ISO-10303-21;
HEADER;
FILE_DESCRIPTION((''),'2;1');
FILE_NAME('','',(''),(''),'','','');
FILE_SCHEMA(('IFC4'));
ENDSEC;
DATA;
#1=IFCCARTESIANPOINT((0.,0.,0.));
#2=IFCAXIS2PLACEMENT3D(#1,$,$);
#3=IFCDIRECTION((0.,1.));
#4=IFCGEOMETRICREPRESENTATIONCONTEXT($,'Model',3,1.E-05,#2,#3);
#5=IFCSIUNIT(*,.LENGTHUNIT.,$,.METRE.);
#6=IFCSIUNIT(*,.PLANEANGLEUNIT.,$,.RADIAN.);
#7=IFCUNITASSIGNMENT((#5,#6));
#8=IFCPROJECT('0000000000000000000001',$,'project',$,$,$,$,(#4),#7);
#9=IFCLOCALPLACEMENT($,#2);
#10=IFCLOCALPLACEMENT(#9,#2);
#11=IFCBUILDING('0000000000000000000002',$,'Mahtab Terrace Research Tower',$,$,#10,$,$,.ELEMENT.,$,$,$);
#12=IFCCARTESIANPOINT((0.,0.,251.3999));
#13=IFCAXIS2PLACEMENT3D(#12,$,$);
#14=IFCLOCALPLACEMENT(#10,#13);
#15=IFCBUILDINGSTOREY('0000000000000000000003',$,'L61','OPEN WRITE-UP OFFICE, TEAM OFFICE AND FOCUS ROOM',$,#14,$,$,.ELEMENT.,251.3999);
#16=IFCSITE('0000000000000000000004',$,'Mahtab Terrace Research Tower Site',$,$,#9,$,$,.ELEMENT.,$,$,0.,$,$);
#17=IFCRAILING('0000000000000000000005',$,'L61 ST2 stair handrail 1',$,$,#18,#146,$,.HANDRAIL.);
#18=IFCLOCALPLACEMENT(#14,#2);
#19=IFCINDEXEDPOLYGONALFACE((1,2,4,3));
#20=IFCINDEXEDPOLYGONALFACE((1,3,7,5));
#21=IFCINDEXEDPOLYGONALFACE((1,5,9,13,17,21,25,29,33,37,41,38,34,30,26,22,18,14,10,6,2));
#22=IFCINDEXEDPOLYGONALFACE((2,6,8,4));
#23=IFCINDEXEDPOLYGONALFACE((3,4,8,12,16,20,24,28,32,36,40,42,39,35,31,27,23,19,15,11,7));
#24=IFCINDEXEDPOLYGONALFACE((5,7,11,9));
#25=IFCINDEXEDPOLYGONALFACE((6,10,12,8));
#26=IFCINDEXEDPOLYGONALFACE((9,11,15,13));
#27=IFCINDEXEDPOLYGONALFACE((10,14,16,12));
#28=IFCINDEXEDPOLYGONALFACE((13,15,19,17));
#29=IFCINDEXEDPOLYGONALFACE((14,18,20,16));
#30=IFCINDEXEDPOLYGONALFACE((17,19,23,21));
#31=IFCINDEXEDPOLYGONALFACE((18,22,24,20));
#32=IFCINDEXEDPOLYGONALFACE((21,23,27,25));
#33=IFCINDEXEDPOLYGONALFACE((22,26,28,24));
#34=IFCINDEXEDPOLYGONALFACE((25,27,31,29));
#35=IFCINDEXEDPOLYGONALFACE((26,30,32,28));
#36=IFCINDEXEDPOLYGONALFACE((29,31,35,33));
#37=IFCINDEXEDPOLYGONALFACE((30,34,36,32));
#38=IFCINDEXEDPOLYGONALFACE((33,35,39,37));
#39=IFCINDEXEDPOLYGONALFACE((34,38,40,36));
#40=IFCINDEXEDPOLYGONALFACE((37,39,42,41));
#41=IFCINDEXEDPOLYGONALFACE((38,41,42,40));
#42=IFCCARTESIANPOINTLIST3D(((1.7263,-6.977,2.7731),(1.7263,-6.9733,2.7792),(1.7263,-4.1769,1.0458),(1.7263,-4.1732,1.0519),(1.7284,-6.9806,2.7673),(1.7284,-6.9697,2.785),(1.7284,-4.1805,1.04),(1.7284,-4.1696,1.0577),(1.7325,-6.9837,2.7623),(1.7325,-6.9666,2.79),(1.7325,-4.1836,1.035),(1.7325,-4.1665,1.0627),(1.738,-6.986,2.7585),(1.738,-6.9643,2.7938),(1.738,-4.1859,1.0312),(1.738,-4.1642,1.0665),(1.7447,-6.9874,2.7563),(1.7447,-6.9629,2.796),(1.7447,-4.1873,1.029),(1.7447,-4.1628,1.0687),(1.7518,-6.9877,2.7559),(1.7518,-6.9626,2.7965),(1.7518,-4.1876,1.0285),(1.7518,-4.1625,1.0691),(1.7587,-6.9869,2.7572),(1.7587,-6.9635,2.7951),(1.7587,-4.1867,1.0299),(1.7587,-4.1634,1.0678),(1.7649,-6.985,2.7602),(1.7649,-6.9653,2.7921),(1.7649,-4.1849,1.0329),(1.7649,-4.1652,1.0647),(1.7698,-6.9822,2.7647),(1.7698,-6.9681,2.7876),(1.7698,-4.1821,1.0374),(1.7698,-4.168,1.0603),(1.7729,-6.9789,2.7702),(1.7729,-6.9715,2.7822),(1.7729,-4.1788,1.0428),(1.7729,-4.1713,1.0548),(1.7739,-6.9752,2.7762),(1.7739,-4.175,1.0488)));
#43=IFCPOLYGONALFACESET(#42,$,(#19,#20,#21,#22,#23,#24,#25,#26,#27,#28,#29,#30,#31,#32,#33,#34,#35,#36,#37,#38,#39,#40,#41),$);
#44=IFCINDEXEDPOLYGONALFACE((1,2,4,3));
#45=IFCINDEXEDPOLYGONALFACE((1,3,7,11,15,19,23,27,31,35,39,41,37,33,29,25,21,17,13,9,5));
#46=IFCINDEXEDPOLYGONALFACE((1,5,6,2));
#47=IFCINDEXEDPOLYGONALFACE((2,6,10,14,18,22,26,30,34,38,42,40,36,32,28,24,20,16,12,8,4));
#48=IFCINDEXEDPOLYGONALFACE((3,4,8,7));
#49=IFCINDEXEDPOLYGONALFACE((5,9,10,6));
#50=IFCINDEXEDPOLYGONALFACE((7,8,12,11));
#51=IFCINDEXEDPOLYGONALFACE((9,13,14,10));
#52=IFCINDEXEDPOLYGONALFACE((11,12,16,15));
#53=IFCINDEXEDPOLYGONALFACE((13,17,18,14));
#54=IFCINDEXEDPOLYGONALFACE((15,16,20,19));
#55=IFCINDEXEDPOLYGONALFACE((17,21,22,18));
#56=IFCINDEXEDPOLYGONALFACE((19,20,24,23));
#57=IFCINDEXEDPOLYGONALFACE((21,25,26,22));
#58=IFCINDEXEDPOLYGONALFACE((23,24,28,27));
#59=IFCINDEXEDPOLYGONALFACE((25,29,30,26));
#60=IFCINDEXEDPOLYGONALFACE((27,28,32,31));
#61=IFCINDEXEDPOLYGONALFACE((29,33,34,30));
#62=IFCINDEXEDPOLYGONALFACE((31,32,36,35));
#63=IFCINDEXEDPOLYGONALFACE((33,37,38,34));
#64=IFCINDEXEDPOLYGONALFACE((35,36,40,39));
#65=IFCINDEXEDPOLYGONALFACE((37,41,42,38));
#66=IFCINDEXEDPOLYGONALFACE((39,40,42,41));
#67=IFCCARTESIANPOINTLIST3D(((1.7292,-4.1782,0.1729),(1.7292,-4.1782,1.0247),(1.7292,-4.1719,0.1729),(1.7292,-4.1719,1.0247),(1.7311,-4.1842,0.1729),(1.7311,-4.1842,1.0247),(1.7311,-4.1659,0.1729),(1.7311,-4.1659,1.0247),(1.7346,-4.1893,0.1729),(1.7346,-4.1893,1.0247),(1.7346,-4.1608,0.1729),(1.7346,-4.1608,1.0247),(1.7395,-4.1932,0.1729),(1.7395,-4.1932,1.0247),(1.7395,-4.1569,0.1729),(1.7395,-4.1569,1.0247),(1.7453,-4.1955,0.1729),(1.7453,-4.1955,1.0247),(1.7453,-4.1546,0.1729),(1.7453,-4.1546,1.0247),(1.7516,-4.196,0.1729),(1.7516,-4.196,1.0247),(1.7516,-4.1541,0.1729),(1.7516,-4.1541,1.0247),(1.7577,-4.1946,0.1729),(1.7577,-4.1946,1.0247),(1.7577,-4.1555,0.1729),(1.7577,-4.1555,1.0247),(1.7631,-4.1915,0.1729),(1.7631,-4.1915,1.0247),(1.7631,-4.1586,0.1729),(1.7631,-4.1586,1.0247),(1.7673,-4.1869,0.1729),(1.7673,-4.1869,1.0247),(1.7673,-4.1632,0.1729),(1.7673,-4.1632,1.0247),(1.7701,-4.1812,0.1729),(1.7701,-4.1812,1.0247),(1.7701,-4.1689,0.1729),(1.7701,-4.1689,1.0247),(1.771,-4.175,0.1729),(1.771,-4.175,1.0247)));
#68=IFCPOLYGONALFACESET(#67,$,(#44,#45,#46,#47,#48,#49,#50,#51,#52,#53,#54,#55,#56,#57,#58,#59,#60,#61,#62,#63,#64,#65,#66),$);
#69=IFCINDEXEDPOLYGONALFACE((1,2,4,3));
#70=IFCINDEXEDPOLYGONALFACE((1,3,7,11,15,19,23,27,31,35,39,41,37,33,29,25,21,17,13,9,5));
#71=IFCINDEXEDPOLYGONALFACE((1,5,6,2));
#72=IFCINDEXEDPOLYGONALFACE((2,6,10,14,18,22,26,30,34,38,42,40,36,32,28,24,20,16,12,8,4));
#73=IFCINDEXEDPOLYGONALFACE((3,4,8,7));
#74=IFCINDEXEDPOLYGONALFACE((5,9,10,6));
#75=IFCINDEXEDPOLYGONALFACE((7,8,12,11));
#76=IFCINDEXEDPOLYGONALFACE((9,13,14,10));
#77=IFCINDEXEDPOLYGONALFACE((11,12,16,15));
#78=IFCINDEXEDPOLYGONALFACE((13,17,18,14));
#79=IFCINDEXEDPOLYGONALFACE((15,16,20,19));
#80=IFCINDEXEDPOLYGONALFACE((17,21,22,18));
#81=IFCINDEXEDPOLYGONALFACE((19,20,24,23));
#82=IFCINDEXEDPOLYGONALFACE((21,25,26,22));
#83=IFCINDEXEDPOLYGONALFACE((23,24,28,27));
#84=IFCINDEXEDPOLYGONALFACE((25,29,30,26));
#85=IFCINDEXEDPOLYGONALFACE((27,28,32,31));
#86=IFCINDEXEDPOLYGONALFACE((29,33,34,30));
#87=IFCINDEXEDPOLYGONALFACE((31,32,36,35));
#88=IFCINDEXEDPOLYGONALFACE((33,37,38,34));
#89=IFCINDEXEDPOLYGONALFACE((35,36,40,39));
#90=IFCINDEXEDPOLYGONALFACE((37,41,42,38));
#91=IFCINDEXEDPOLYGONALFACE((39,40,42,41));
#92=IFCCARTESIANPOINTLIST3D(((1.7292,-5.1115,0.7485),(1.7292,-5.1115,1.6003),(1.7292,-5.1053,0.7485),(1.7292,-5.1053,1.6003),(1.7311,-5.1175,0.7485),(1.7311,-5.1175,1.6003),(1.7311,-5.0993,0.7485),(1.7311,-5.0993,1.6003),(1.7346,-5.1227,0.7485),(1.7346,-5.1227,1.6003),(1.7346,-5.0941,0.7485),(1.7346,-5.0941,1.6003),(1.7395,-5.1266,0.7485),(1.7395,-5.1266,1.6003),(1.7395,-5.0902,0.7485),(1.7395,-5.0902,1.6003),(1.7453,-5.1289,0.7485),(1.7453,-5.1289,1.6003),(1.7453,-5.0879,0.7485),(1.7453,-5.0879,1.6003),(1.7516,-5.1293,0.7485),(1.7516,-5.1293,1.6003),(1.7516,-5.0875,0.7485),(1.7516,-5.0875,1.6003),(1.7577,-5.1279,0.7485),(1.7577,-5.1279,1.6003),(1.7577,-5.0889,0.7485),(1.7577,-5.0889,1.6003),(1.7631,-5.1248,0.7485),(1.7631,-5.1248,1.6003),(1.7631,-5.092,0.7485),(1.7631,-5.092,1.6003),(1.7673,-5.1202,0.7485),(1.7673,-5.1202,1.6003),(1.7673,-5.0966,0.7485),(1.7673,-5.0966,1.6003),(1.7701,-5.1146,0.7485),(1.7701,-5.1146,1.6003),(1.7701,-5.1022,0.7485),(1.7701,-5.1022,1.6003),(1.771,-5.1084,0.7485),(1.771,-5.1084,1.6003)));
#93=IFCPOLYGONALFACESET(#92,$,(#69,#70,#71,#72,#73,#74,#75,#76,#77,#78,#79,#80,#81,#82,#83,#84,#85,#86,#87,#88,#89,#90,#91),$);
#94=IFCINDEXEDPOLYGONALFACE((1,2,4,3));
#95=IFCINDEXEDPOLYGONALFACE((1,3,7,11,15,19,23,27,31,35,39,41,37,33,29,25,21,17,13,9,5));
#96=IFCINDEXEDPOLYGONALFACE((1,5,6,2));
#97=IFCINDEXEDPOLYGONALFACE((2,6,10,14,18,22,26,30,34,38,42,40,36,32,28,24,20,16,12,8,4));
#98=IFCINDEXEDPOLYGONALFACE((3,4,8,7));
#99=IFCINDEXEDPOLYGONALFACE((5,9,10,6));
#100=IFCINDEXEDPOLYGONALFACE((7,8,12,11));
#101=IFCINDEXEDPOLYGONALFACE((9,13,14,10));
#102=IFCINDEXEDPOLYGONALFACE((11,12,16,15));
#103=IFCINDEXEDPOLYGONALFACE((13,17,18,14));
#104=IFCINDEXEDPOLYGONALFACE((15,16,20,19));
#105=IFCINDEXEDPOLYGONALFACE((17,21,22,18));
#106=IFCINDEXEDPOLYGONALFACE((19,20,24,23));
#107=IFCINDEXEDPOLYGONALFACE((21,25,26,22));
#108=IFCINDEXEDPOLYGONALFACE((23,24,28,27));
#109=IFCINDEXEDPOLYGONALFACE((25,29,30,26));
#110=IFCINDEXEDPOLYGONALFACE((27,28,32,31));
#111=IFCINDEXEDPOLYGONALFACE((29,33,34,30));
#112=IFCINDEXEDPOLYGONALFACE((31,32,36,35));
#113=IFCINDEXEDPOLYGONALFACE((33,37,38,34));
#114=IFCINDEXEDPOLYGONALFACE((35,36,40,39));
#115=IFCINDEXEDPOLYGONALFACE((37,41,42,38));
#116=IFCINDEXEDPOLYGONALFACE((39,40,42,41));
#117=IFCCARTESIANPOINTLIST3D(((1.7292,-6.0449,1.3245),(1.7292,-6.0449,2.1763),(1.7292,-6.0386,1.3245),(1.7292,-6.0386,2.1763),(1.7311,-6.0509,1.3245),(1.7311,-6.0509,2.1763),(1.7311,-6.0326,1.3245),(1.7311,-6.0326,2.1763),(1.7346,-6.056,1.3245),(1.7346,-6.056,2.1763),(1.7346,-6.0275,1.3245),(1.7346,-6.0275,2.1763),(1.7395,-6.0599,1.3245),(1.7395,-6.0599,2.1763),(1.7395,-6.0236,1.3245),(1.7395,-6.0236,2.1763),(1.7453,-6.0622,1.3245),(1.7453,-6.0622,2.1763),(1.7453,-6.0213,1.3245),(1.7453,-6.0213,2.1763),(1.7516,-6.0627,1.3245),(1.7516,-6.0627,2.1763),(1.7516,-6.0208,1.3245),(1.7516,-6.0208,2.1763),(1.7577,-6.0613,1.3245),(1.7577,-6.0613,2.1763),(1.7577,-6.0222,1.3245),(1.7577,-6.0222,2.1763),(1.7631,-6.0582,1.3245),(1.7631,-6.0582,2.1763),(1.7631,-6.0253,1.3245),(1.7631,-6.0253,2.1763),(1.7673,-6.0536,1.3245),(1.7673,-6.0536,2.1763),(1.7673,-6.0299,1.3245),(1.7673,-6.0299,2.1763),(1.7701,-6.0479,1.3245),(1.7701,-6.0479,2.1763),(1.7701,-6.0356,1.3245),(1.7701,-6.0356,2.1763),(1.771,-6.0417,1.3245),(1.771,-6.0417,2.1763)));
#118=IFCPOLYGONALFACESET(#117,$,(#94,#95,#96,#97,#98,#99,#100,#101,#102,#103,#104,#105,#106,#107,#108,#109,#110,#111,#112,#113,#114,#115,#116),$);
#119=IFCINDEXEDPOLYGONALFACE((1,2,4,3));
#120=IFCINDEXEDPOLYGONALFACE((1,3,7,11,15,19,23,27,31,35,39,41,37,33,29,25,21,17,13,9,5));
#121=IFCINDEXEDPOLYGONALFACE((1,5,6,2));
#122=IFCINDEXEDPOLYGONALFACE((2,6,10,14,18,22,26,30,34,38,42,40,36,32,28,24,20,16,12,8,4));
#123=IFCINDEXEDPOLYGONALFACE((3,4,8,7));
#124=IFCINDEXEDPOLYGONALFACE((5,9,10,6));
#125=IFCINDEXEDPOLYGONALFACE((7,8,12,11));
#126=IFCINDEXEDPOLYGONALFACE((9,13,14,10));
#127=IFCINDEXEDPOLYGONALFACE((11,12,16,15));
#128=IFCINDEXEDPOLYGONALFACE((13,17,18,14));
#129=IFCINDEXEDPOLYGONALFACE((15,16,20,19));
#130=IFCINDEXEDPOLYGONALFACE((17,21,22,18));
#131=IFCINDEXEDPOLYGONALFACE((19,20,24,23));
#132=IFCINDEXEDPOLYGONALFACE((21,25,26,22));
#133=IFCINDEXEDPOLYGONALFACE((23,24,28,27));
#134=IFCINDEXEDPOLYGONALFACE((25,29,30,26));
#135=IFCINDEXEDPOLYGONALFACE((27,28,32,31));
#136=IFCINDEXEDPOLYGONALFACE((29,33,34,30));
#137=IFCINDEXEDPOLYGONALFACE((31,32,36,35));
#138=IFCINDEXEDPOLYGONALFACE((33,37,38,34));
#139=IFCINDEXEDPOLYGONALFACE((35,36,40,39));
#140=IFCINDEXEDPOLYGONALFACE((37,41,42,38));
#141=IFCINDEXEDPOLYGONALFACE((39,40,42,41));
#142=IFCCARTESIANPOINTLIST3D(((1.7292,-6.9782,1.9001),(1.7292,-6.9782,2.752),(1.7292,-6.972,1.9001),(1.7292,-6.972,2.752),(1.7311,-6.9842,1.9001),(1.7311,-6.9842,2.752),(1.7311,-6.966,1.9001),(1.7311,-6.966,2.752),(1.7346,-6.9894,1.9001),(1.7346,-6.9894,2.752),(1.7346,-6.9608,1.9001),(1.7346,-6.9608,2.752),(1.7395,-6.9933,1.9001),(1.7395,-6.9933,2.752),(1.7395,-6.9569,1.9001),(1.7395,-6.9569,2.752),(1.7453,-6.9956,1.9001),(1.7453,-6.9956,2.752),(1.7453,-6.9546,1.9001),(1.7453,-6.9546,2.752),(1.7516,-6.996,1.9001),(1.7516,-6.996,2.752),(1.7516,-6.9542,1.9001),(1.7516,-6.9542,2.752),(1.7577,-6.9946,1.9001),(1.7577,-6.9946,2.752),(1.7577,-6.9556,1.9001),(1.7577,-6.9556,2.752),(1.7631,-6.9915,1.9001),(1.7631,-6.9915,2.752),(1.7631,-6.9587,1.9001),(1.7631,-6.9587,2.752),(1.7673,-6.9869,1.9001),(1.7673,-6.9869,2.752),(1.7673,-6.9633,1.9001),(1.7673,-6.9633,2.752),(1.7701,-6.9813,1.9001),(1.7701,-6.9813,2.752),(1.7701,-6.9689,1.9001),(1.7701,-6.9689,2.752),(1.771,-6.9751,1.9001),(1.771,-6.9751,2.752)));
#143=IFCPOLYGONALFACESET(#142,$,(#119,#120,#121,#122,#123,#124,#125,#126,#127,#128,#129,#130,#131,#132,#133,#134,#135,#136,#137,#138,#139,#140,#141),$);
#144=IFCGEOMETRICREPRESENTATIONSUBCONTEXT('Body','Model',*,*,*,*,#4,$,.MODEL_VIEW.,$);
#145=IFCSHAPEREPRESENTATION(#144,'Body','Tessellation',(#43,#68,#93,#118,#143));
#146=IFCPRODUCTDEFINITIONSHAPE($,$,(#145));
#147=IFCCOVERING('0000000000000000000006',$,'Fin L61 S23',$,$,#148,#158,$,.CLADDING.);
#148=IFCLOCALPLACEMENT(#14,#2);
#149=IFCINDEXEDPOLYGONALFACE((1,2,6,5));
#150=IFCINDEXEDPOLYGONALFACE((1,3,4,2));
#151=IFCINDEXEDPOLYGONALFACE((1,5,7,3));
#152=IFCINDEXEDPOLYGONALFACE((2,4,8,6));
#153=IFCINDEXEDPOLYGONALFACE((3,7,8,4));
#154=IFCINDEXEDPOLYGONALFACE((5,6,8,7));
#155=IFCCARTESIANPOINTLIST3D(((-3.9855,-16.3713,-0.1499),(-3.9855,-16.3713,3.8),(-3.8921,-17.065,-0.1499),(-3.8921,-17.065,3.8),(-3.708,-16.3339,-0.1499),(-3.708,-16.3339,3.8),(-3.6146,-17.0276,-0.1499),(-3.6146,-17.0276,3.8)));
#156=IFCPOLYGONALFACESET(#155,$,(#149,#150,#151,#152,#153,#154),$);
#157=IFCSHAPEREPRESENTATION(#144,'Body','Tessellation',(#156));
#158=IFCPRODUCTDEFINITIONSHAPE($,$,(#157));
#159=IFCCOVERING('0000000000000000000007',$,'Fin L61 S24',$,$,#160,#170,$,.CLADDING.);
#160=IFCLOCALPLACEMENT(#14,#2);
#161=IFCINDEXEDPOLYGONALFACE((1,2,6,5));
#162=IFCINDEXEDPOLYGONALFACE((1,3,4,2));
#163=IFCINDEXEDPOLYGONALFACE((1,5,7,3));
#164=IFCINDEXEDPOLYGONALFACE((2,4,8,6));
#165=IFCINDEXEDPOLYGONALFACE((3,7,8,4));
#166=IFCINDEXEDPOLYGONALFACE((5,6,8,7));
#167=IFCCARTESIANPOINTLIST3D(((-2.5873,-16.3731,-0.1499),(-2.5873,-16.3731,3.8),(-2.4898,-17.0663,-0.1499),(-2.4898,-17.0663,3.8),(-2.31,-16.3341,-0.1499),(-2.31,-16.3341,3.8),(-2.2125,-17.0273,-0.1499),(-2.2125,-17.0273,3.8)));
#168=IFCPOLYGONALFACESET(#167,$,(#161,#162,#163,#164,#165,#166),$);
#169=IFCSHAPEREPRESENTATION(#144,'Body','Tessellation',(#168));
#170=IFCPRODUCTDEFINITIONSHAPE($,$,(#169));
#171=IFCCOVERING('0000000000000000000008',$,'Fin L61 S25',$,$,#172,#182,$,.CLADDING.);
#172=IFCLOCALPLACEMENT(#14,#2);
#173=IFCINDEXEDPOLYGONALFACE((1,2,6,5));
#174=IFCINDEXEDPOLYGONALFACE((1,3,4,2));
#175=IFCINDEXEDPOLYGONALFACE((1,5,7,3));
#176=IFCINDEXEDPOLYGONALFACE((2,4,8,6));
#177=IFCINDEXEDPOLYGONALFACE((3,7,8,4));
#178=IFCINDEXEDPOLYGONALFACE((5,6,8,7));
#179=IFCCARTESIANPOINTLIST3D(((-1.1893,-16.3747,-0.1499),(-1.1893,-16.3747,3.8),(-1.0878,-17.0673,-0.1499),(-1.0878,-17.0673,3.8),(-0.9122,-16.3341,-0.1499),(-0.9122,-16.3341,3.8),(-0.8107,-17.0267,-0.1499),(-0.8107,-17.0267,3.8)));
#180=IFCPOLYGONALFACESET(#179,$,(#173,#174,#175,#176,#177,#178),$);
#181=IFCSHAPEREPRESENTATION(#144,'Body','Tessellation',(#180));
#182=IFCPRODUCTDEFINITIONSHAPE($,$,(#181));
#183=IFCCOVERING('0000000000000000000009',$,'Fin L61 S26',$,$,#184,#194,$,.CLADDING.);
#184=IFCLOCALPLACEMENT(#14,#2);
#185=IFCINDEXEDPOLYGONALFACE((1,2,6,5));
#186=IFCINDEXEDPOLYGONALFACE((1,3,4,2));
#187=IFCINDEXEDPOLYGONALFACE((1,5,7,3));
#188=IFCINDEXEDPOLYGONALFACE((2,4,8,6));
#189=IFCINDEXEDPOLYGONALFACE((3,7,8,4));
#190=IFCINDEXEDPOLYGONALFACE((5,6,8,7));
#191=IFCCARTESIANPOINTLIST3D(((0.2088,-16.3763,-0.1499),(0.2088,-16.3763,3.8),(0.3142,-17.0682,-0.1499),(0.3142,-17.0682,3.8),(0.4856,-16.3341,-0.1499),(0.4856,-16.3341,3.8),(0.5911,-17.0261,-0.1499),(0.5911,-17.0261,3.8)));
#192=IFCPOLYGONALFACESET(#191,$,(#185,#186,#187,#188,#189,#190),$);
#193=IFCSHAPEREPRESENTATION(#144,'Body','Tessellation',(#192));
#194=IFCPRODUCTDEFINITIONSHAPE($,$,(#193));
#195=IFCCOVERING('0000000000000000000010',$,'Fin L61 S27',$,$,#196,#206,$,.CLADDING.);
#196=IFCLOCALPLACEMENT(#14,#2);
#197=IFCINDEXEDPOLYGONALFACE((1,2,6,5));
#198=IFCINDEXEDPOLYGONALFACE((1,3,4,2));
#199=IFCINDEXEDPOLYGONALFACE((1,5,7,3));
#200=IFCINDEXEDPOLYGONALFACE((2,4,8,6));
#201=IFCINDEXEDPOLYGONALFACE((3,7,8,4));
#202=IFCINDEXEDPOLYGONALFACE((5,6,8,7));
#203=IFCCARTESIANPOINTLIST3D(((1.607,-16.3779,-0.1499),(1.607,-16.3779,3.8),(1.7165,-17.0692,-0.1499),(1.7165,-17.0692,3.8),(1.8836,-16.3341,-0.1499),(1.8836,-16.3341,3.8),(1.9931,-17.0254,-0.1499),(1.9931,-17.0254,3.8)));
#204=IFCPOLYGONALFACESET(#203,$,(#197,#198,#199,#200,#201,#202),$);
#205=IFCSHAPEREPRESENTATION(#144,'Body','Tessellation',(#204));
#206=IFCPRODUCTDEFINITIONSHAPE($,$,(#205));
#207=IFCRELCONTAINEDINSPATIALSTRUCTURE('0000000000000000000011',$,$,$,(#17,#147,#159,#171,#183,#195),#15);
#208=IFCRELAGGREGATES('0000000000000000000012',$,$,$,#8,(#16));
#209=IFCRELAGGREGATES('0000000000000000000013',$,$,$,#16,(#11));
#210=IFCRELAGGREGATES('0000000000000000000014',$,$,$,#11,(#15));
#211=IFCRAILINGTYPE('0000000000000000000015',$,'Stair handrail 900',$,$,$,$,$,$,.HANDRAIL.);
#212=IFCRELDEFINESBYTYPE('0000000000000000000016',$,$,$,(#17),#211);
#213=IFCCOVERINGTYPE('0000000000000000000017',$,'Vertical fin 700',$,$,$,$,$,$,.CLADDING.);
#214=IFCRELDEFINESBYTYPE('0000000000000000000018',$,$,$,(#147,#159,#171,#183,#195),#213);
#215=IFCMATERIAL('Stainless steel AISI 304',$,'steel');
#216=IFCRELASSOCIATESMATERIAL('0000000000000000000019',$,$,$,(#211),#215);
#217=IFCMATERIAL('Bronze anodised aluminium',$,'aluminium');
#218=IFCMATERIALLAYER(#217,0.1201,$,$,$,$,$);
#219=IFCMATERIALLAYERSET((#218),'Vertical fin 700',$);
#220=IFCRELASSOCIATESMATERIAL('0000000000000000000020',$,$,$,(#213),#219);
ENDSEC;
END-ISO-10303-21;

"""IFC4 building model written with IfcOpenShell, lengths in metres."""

from ifc_helpers import new_model, si_unit, direction, frame, origin, origin_2d, place, context, subcontext, project, spatial, rectangle, circle, extrude, material, layer, layer_set, type_object, element, save


model = new_model("IFC4")

# Units and contexts
model_context = context("Model", 3, precision=1e-05, world=origin(), true_north=direction((0.0, 1.0)))
body_context = subcontext(model_context, "Body", "Model", "MODEL_VIEW")
ifc_project = project(units=[si_unit("LENGTHUNIT", "METRE"), si_unit("PLANEANGLEUNIT", "RADIAN")], contexts=[model_context])

# Site, building, storey
site_placement = place(None, origin())
site = spatial("IfcSite", under=ifc_project, at=site_placement, Name="Mahtab Terrace Research Tower Site", CompositionType="ELEMENT", RefElevation=0.0)
building_placement = place(site_placement, origin())
building = spatial("IfcBuilding", under=site, at=building_placement, Name="Mahtab Terrace Research Tower", CompositionType="ELEMENT")
storey_placement = place(building_placement, frame((0.0, 0.0, 251.3999)))
storey = spatial("IfcBuildingStorey", under=building, at=storey_placement, Name="L61", Description="OPEN WRITE-UP OFFICE, TEAM OFFICE AND FOCUS ROOM", CompositionType="ELEMENT", Elevation=251.3999)

# Shared definitions
ifc_material_1 = material(Name="Stainless steel AISI 304", Category="steel")

# Railing
railing_type_1 = type_object("IfcRailingType", Name="Stair handrail 900", PredefinedType="HANDRAIL", material=ifc_material_1)
railing_1_placement = place(storey_placement, frame((1.75, -4.175, 0.1729)))
element("IfcRailing", 1, at=railing_1_placement, inside=storey, type_object=railing_type_1, Name="L61 ST2 stair handrail 1", PredefinedType="HANDRAIL", context=body_context, shape_type="SweptSolid", body=[
    extrude(circle(Radius=0.0239, at=origin_2d()), frame((0.0, 0.0, 0.876), z_axis=(0.0, -0.85109, 0.52502), x_axis=(1.0, 0.0, 0.0)), (0.0, 0.0, 1.0), 3.29),
    extrude(circle(Radius=0.021, at=origin_2d()), origin(), (0.0, 0.0, 1.0), 0.8518),
    extrude(circle(Radius=0.021, at=origin_2d()), frame((0.0, -0.9333, 0.5757)), (0.0, 0.0, 1.0), 0.8518),
    extrude(circle(Radius=0.021, at=origin_2d()), frame((0.0, -1.8667, 1.1516)), (0.0, 0.0, 1.0), 0.8518),
    extrude(circle(Radius=0.021, at=origin_2d()), frame((0.0, -2.8, 1.7273)), (0.0, 0.0, 1.0), 0.8518),
])

# Coverings
ifc_material_2 = material(Name="Bronze anodised aluminium", Category="aluminium")
ifc_layer_1 = layer(ifc_material_2, 0.1201)
ifc_layer_set_1 = layer_set([ifc_layer_1], Name="Vertical fin 700")
covering_type = type_object("IfcCoveringType", Name="Vertical fin 700", PredefinedType="CLADDING", material=ifc_layer_set_1)
for number, where, z_axis, x_axis, name in (
    (2, (-3.8, -16.6995, -0.1499), (0.0, 0.0, 1.0), (0.991061, 0.13341, 0.0), "Fin L61 S23"),
    (3, (-2.3999, -16.7002, -0.1499), (0.0, 0.0, 1.0), (0.990268, 0.139173, 0.0), "Fin L61 S24"),
    (4, (-1.0, -16.7007, -0.1499), (0.0, 0.0, 1.0), (0.989442, 0.144932, 0.0), "Fin L61 S25"),
    (5, (0.3999, -16.7012, -0.1499), (0.0, 0.0, 1.0), (0.988582, 0.150686, 0.0), "Fin L61 S26"),
    (6, (1.8, -16.7017, -0.1499), (0.0, 0.0, 1.0), (0.987688, 0.156434, 0.0), "Fin L61 S27"),
):
    element("IfcCovering", number, at=place(storey_placement, frame(where, z_axis=z_axis, x_axis=x_axis)), inside=storey, type_object=covering_type, Name=name, PredefinedType="CLADDING", context=body_context, shape_type="SweptSolid", body=[
        extrude(rectangle(XDim=0.28, YDim=0.7, at=origin_2d()), origin(), (0.0, 0.0, 1.0), 3.95),
    ])

save(model, "model.ifc")
